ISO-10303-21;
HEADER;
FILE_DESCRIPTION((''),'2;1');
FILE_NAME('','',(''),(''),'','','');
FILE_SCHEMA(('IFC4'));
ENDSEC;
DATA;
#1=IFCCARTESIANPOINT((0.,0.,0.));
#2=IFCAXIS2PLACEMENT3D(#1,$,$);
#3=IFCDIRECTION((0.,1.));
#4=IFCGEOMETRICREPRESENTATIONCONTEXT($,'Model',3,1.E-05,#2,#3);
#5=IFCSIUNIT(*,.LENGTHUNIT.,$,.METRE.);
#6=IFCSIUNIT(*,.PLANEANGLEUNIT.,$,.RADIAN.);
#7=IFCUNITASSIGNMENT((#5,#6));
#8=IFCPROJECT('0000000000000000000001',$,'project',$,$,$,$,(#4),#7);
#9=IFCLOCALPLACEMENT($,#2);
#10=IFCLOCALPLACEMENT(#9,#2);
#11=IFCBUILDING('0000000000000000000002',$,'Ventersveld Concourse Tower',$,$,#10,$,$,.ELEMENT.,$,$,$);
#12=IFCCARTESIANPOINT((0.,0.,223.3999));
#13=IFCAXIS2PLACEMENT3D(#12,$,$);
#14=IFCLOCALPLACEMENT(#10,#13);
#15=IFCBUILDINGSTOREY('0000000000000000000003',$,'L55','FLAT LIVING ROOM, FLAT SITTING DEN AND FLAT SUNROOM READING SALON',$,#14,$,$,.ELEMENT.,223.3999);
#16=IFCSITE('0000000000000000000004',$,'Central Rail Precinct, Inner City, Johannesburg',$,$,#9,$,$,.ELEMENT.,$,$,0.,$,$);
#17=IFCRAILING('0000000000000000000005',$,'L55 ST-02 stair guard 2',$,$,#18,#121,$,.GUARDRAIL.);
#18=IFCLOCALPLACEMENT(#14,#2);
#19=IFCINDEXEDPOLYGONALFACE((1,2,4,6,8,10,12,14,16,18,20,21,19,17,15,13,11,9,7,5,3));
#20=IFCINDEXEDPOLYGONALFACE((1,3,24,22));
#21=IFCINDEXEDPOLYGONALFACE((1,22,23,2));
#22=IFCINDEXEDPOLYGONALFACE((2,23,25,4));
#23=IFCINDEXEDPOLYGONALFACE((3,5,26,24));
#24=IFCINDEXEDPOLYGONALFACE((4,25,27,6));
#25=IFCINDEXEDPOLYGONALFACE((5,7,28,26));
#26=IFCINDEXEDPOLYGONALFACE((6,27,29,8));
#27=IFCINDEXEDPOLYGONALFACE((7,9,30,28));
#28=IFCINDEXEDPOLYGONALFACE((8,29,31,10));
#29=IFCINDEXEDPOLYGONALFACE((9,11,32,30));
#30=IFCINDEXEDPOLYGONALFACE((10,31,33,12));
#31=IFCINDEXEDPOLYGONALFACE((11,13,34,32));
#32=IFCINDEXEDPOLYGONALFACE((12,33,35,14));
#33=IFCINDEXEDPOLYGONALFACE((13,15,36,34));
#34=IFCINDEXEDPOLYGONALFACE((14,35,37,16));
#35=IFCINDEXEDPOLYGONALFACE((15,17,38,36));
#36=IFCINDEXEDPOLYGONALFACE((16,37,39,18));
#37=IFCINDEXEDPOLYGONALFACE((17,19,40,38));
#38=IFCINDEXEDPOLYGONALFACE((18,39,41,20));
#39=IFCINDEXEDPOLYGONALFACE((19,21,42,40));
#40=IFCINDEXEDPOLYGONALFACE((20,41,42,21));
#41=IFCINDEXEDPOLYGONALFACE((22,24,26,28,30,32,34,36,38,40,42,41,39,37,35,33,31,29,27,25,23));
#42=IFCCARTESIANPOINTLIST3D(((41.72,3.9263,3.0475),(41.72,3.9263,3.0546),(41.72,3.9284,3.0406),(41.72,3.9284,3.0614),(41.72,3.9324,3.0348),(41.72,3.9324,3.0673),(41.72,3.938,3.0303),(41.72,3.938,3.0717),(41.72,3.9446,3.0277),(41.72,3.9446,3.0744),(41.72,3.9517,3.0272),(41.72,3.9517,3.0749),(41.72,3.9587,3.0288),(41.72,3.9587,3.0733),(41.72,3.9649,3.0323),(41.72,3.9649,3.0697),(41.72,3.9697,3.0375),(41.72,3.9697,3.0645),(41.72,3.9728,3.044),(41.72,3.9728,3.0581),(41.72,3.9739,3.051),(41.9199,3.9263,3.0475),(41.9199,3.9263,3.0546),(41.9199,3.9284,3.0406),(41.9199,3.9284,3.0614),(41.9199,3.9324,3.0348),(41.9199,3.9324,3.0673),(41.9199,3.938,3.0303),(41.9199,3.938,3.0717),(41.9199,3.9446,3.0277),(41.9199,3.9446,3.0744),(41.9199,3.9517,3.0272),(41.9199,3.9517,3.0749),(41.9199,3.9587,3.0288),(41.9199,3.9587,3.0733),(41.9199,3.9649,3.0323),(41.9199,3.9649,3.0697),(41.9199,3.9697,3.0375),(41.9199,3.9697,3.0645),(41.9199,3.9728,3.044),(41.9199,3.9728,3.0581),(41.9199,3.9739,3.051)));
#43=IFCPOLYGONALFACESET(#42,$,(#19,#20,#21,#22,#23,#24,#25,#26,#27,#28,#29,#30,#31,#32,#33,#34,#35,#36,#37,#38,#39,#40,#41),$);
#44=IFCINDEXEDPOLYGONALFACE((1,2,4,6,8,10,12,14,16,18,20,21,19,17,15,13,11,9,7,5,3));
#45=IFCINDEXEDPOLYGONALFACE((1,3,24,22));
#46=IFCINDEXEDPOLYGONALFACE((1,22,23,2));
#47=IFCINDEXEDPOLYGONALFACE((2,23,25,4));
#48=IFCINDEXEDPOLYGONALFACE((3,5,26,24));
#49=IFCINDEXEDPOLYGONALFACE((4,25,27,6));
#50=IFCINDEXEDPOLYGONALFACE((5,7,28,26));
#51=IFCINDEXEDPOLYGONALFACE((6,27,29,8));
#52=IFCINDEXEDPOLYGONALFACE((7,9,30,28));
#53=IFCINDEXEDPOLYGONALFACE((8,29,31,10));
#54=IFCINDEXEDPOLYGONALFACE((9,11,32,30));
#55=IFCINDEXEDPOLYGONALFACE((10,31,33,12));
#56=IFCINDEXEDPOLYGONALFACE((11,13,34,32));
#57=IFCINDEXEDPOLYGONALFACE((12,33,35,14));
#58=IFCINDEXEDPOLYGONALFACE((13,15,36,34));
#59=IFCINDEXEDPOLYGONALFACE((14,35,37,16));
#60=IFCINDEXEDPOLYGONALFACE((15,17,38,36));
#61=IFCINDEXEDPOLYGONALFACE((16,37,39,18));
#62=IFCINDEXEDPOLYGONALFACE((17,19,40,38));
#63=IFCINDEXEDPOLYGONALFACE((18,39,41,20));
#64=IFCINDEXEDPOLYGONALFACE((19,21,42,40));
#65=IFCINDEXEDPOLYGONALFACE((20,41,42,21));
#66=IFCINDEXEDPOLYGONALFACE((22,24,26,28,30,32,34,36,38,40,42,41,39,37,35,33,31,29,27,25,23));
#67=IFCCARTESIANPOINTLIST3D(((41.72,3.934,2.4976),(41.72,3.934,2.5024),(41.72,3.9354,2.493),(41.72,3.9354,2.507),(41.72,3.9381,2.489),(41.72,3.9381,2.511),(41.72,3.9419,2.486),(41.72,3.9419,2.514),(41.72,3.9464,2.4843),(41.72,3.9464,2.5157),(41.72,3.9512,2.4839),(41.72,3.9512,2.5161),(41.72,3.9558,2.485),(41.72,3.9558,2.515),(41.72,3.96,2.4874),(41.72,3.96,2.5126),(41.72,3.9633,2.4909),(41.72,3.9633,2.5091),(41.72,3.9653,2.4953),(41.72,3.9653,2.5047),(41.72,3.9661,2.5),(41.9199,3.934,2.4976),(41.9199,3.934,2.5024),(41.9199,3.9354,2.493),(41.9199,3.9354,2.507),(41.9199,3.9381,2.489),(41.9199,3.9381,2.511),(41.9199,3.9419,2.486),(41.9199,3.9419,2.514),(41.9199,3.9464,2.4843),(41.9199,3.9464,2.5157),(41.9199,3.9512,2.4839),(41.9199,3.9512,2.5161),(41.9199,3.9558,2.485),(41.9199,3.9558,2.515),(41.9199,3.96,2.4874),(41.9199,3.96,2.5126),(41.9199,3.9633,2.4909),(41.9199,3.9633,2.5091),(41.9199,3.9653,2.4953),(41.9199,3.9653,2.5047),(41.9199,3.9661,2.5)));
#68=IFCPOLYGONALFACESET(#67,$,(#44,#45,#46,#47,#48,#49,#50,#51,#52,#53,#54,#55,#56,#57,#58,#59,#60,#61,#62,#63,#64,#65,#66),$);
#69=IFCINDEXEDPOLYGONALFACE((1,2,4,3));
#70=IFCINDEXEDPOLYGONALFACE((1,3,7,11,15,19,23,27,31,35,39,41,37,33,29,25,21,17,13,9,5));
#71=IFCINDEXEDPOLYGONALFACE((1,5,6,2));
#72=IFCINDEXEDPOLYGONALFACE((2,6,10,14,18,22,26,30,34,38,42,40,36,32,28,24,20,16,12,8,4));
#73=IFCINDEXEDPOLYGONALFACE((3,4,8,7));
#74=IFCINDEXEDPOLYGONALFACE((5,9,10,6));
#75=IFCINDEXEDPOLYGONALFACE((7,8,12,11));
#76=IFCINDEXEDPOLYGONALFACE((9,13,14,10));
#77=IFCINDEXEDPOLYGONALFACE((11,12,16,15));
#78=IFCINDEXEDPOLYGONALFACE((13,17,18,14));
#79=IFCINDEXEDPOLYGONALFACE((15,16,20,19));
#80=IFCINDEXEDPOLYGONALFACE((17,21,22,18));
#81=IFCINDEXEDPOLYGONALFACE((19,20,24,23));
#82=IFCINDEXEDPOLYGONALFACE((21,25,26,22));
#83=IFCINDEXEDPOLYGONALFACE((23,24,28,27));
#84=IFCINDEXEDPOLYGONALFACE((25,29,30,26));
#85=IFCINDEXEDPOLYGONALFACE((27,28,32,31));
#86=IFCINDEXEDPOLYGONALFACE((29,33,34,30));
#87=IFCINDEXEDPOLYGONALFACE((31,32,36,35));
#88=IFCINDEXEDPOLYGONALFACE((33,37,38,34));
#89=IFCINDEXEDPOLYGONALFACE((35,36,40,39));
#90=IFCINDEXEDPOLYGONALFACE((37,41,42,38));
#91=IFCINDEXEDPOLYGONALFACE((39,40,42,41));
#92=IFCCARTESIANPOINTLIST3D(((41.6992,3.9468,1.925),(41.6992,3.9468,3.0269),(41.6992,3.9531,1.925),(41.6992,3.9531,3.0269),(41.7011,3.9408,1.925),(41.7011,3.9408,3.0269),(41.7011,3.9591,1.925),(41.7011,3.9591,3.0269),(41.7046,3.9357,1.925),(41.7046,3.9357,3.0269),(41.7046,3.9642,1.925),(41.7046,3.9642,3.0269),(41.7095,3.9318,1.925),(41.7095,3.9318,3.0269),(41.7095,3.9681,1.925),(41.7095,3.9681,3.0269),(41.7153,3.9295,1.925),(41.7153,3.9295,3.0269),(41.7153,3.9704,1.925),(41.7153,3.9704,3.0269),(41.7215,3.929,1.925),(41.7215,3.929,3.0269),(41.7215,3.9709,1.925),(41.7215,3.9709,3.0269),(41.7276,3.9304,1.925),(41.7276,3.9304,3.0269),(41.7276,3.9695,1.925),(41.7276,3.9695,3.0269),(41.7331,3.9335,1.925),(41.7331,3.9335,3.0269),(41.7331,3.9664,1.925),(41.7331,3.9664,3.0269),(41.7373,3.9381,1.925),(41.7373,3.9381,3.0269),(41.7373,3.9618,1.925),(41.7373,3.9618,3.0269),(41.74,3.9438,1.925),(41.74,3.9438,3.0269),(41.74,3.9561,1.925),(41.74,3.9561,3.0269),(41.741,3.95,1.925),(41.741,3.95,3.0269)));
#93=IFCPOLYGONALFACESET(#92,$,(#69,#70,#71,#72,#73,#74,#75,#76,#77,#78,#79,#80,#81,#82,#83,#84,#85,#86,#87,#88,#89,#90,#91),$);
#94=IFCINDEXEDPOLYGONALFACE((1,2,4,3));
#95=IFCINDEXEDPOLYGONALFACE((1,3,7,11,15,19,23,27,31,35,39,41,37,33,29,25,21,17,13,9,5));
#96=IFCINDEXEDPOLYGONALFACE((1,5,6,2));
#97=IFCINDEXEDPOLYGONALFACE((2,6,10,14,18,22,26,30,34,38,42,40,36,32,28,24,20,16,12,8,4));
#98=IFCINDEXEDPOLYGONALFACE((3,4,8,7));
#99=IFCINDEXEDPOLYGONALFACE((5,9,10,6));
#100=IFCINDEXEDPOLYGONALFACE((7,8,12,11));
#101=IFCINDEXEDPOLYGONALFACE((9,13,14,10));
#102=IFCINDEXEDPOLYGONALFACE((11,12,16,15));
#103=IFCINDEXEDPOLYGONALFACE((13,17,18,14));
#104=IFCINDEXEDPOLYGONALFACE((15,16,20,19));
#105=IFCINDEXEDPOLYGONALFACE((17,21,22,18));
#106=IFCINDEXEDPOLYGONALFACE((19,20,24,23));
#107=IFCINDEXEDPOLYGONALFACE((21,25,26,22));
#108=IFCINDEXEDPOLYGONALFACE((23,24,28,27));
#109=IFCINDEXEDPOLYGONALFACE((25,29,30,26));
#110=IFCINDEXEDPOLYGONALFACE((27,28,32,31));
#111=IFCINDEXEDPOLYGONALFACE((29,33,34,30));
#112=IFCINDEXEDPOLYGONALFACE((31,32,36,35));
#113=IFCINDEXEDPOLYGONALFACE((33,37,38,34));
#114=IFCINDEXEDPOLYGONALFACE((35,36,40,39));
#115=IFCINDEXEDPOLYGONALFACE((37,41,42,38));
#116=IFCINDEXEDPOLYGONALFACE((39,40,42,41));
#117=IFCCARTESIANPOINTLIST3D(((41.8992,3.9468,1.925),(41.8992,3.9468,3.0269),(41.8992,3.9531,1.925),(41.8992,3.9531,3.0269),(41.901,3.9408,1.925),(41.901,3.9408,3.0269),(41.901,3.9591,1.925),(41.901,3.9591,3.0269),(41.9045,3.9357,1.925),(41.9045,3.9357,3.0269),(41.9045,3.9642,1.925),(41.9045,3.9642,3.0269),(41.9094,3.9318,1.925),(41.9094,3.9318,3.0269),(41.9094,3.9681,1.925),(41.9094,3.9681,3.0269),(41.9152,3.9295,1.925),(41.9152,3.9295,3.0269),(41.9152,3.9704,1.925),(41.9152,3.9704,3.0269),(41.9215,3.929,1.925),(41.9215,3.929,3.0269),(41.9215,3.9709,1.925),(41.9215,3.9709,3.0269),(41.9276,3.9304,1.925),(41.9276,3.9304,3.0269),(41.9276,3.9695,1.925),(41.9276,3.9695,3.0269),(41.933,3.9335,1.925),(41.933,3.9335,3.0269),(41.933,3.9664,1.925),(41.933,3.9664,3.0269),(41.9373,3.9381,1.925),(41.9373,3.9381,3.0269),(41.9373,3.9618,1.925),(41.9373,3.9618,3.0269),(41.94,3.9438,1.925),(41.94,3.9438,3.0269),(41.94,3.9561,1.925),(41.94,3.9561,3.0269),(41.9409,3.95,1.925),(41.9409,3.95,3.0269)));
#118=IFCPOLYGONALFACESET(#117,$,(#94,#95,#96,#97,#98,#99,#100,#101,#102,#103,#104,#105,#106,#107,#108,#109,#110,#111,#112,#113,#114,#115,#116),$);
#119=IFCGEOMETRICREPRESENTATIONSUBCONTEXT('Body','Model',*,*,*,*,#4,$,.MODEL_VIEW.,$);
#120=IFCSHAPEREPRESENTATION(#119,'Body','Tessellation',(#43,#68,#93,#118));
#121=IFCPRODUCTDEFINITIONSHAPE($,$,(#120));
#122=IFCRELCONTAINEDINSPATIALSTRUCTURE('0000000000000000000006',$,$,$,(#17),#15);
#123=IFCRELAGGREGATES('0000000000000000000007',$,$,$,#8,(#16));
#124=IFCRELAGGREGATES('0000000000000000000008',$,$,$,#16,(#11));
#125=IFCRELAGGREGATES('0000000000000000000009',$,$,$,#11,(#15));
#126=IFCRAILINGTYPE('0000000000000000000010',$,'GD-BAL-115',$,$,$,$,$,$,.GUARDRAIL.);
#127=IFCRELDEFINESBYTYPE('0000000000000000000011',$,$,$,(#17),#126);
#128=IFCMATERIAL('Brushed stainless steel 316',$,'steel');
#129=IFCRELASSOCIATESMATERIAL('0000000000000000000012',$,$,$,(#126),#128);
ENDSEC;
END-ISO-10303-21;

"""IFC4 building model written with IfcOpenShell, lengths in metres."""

from ifc_helpers import new_model, si_unit, direction, frame, origin, origin_2d, place, context, subcontext, project, spatial, circle, extrude, material, type_object, element, save


model = new_model("IFC4")

# Units and contexts
model_context = context("Model", 3, precision=1e-05, world=origin(), true_north=direction((0.0, 1.0)))
body_context = subcontext(model_context, "Body", "Model", "MODEL_VIEW")
ifc_project = project(units=[si_unit("LENGTHUNIT", "METRE"), si_unit("PLANEANGLEUNIT", "RADIAN")], contexts=[model_context])

# Site, building, storey
site_placement = place(None, origin())
site = spatial("IfcSite", under=ifc_project, at=site_placement, Name="Central Rail Precinct, Inner City, Johannesburg", CompositionType="ELEMENT", RefElevation=0.0)
building_placement = place(site_placement, origin())
building = spatial("IfcBuilding", under=site, at=building_placement, Name="Ventersveld Concourse Tower", CompositionType="ELEMENT")
storey_placement = place(building_placement, frame((0.0, 0.0, 223.3999)))
storey = spatial("IfcBuildingStorey", under=building, at=storey_placement, Name="L55", Description="FLAT LIVING ROOM, FLAT SITTING DEN AND FLAT SUNROOM READING SALON", CompositionType="ELEMENT", Elevation=223.3999)

# Shared definitions
ifc_material_1 = material(Name="Brushed stainless steel 316", Category="steel")

# Railing
railing_type_1 = type_object("IfcRailingType", Name="GD-BAL-115", PredefinedType="GUARDRAIL", material=ifc_material_1)
for number, where, name in (
    (1, (41.72, 3.95, 1.925), "L55 ST-02 stair guard 2"),
):
    element("IfcRailing", number, at=place(storey_placement, frame(where)), inside=storey, type_object=railing_type_1, Name=name, PredefinedType="GUARDRAIL", context=body_context, shape_type="SweptSolid", body=[
        extrude(circle(Radius=0.0239, at=origin_2d()), frame((0.0, 0.0, 1.126), z_axis=(1.0, 0.0, 0.0), x_axis=(0.0, 1.0, 0.0)), (0.0, 0.0, 1.0), 0.2),
        extrude(circle(Radius=0.0161, at=origin_2d()), frame((0.0, 0.0, 0.575), z_axis=(1.0, 0.0, 0.0), x_axis=(0.0, 1.0, 0.0)), (0.0, 0.0, 1.0), 0.2),
        extrude(circle(Radius=0.021, at=origin_2d()), origin(), (0.0, 0.0, 1.0), 1.1018),
        extrude(circle(Radius=0.021, at=origin_2d()), frame((0.2, 0.0, 0.0)), (0.0, 0.0, 1.0), 1.1018),
    ])

save(model, "model.ifc")
